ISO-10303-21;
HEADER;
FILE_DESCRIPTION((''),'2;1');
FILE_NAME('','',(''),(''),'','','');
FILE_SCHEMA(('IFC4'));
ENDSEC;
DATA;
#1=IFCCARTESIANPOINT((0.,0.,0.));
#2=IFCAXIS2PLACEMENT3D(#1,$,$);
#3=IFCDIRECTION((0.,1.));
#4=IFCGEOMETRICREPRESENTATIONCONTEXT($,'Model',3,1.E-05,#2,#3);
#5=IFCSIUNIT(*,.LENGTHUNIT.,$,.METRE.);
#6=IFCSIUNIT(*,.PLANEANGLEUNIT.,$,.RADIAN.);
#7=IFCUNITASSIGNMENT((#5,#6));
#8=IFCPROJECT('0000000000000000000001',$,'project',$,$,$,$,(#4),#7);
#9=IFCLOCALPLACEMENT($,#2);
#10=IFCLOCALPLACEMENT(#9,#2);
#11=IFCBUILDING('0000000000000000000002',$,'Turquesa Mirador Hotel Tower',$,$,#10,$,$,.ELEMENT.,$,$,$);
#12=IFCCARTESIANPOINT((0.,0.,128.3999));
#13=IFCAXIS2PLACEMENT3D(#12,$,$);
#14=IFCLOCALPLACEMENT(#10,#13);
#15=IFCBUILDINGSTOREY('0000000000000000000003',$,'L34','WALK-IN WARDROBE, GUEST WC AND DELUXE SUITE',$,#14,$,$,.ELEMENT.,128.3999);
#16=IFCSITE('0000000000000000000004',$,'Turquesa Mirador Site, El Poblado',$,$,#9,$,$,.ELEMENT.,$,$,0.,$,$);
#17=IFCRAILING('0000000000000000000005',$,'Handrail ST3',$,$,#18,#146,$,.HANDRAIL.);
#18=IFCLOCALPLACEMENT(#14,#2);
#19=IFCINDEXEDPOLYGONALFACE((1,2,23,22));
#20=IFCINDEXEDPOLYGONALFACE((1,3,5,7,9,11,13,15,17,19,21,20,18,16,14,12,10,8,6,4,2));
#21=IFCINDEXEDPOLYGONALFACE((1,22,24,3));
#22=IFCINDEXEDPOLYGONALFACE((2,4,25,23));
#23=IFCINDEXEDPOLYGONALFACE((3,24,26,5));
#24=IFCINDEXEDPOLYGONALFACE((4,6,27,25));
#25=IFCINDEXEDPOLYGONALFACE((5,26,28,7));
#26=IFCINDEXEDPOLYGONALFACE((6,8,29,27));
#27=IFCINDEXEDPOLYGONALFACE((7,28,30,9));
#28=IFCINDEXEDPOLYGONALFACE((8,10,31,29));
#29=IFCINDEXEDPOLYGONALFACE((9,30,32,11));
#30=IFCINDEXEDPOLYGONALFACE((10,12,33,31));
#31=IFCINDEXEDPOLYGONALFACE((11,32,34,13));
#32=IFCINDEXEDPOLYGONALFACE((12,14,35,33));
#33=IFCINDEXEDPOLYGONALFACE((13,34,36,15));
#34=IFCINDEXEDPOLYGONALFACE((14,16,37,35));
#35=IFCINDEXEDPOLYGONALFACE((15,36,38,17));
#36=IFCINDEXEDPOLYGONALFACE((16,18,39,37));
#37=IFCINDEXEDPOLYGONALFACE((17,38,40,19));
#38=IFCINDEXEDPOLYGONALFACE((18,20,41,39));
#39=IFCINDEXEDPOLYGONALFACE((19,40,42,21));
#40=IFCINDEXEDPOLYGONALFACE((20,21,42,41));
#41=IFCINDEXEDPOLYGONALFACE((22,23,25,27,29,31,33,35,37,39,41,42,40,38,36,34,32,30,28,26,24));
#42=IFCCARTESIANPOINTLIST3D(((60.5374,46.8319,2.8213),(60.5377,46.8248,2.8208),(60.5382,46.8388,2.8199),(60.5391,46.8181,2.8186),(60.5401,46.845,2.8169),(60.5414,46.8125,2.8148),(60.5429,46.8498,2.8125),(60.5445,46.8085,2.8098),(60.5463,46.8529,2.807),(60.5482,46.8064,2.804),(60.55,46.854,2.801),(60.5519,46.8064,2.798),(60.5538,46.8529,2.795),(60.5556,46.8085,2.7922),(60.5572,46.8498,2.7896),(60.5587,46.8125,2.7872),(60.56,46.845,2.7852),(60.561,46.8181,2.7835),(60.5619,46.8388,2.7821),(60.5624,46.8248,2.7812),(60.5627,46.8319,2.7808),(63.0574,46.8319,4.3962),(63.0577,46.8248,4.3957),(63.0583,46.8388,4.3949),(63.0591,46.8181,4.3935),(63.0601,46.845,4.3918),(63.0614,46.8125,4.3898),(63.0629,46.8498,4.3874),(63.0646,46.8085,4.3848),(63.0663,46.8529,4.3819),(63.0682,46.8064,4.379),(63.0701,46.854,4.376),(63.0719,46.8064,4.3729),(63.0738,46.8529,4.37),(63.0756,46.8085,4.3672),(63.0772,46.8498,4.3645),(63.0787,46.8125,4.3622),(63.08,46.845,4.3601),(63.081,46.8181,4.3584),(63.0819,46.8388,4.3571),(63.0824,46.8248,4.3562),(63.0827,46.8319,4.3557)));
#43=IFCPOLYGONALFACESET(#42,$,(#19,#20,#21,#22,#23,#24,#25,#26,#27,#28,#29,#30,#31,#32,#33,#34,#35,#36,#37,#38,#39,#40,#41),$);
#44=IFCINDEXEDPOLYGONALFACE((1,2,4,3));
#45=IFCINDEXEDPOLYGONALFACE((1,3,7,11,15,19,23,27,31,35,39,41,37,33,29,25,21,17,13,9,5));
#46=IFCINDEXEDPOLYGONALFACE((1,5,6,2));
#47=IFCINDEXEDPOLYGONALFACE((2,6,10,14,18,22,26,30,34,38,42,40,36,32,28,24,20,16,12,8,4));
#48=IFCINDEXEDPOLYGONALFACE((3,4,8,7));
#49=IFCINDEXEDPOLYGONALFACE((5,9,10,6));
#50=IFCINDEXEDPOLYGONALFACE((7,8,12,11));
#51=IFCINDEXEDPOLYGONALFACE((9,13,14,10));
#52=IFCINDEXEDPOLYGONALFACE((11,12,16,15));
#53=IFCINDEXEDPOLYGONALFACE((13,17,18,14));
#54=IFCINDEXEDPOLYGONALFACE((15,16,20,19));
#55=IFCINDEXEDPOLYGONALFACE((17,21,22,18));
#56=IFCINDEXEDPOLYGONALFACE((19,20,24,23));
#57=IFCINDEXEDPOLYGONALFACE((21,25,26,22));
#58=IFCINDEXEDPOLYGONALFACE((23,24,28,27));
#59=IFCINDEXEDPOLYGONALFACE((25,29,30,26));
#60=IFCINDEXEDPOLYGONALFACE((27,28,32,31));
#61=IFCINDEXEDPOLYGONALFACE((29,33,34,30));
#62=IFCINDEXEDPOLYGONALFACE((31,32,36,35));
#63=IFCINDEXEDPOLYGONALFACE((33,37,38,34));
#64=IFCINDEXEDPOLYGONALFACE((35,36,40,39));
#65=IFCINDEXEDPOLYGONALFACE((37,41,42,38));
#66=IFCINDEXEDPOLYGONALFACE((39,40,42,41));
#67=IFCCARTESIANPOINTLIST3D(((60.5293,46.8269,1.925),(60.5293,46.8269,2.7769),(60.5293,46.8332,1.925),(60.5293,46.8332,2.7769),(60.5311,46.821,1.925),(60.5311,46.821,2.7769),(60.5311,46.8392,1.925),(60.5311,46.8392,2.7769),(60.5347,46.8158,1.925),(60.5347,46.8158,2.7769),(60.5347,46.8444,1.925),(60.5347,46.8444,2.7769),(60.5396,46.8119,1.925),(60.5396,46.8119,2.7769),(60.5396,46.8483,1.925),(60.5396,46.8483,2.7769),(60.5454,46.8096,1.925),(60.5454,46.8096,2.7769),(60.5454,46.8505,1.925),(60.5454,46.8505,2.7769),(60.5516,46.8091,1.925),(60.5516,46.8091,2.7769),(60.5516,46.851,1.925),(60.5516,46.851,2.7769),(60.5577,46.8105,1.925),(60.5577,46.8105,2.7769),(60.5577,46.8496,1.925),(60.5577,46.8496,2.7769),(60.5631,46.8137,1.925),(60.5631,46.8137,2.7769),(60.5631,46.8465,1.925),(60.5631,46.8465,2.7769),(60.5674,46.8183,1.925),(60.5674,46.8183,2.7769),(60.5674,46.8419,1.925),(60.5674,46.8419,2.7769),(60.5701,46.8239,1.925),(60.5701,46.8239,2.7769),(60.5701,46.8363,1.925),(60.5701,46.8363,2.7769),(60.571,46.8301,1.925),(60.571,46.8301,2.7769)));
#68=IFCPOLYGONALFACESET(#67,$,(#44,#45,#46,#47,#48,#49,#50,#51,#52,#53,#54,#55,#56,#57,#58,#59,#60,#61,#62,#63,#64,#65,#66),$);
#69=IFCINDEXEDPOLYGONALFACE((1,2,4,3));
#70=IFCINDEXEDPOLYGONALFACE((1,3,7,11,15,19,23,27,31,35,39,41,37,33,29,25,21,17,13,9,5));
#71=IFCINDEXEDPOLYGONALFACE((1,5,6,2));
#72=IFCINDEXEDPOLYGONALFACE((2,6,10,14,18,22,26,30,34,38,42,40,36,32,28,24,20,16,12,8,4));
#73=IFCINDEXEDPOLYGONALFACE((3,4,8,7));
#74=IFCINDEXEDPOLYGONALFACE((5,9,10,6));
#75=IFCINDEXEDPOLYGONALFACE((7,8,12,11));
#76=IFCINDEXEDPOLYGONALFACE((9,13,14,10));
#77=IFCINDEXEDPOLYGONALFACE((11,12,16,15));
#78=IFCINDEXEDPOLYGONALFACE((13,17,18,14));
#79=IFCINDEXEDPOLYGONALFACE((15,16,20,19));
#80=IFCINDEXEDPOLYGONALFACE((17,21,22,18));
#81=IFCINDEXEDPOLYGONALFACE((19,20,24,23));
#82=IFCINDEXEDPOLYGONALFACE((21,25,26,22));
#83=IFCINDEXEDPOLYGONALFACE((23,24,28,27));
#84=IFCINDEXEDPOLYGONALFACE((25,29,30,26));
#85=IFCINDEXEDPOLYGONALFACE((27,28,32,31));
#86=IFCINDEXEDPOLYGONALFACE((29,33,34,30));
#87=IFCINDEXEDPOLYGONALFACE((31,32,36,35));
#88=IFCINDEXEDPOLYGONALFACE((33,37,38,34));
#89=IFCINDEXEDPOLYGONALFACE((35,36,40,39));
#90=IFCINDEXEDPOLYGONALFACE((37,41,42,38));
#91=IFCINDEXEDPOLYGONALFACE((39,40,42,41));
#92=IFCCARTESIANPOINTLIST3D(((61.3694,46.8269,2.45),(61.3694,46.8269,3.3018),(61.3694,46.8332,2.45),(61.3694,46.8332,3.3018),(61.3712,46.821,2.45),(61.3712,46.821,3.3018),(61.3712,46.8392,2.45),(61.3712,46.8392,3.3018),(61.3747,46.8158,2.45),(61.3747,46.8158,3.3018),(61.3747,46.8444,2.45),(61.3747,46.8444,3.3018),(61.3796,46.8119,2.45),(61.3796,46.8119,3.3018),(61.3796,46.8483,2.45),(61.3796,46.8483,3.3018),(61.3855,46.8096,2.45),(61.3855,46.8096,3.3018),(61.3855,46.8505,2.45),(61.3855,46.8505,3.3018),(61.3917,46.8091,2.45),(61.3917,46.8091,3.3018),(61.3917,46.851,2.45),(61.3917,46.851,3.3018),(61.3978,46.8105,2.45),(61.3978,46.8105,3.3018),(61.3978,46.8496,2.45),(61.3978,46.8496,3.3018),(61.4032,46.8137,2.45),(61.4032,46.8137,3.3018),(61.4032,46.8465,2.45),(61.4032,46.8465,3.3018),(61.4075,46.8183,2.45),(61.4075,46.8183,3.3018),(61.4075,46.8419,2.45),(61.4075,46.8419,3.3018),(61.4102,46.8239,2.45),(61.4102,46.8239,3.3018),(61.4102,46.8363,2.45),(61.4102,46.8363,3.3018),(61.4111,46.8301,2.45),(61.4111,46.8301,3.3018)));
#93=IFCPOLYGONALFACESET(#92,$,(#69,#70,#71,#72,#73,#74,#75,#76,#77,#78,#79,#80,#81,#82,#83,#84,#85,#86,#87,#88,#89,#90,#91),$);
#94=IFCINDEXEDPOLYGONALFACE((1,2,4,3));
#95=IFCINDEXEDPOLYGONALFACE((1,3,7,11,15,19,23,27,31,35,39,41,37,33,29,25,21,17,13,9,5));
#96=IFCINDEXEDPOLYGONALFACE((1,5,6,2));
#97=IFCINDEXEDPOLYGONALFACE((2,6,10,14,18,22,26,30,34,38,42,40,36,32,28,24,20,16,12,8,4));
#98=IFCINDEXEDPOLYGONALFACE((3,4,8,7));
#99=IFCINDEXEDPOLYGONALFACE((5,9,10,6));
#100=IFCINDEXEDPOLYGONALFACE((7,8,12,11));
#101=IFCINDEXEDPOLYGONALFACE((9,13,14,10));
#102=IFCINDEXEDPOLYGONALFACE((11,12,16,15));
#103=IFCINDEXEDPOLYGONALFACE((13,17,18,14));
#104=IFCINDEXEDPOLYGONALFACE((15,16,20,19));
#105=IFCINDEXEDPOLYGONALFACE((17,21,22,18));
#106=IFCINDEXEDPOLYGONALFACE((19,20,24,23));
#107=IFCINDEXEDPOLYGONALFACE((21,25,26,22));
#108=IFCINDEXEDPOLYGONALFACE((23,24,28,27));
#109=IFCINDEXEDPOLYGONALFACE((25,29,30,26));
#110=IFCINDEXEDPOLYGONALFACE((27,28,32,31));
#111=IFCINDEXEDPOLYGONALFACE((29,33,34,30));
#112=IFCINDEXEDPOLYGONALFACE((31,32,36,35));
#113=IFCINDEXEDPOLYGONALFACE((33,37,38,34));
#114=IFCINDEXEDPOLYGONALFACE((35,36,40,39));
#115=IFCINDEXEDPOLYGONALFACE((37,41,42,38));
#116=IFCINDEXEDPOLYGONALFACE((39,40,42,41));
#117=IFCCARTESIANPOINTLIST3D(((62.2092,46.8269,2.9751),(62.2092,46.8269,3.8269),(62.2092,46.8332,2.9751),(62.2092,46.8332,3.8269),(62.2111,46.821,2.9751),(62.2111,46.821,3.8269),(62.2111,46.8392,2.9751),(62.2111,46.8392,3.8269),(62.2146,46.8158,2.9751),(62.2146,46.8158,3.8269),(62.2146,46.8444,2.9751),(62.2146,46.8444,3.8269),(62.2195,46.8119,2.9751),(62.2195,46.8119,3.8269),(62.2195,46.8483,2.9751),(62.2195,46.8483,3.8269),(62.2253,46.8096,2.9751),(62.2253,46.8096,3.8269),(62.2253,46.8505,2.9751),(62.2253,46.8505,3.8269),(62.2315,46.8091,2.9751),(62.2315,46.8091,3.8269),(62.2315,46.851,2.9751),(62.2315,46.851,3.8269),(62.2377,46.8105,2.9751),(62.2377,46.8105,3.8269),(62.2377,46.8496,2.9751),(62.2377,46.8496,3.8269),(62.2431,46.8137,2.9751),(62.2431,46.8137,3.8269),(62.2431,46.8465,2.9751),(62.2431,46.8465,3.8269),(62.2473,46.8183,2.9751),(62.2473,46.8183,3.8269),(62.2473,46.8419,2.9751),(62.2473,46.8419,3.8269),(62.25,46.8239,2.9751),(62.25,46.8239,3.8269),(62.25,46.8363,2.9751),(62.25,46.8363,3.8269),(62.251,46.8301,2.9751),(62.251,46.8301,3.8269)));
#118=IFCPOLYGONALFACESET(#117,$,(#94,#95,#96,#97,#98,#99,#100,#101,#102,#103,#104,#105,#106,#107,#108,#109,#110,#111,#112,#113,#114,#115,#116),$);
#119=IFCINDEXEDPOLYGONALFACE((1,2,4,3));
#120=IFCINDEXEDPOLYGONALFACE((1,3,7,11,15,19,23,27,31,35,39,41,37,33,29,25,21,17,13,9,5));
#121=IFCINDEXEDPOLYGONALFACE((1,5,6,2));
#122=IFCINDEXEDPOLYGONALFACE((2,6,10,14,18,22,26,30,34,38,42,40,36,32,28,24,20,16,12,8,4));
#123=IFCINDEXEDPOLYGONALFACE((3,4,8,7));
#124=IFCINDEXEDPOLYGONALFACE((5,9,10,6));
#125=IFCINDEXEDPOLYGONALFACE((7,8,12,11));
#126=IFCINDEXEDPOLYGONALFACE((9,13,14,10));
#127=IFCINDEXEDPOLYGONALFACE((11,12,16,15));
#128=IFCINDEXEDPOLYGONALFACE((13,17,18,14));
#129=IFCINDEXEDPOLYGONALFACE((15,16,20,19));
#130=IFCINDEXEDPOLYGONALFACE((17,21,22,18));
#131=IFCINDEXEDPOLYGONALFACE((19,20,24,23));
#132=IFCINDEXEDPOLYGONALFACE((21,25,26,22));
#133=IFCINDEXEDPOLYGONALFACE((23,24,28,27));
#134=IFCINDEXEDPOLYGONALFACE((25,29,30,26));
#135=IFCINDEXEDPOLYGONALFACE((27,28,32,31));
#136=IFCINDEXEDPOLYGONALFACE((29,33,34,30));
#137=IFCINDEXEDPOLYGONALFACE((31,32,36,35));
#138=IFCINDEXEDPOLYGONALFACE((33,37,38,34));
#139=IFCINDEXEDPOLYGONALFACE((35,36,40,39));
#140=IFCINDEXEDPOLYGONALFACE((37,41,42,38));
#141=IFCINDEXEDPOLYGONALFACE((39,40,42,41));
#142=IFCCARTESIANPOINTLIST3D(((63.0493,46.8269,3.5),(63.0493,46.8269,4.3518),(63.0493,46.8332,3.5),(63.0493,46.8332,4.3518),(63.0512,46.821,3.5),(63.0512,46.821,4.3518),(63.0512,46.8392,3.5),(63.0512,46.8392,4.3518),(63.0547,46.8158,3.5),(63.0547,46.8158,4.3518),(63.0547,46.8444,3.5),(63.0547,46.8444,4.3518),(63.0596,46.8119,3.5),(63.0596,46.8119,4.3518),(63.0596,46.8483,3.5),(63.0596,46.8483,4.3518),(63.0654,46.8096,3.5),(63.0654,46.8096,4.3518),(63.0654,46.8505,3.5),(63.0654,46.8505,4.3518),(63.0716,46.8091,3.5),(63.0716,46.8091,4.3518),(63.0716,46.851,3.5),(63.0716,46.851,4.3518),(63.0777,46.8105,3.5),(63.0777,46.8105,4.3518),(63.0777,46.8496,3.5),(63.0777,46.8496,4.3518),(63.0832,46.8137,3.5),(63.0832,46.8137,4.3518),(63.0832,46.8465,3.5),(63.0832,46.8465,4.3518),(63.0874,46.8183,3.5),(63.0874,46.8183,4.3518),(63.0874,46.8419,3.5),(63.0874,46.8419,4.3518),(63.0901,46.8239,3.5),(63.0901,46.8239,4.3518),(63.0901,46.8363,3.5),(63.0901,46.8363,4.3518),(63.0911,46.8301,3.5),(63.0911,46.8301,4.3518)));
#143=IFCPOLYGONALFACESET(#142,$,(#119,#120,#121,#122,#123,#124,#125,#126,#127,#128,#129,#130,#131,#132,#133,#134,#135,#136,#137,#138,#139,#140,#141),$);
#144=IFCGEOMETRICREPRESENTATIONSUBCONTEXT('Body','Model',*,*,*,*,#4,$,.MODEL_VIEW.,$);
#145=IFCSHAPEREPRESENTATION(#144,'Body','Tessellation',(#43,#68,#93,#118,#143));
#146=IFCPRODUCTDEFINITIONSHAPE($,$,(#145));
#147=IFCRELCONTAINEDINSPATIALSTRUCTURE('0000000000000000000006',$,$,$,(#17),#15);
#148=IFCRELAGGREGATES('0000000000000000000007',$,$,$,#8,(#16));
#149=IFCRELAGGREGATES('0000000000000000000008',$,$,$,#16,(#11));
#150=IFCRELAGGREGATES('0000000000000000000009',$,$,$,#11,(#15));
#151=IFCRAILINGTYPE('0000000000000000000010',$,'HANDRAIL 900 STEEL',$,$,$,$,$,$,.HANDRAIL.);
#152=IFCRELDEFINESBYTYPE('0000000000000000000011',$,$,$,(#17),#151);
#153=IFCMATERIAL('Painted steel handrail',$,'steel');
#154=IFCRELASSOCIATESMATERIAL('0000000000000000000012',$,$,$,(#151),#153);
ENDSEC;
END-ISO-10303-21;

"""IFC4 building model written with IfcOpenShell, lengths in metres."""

from ifc_helpers import new_model, si_unit, direction, frame, origin, origin_2d, place, context, subcontext, project, spatial, circle, extrude, material, type_object, element, save


model = new_model("IFC4")

# Units and contexts
model_context = context("Model", 3, precision=1e-05, world=origin(), true_north=direction((0.0, 1.0)))
body_context = subcontext(model_context, "Body", "Model", "MODEL_VIEW")
ifc_project = project(units=[si_unit("LENGTHUNIT", "METRE"), si_unit("PLANEANGLEUNIT", "RADIAN")], contexts=[model_context])

# Site, building, storey
site_placement = place(None, origin())
site = spatial("IfcSite", under=ifc_project, at=site_placement, Name="Turquesa Mirador Site, El Poblado", CompositionType="ELEMENT", RefElevation=0.0)
building_placement = place(site_placement, origin())
building = spatial("IfcBuilding", under=site, at=building_placement, Name="Turquesa Mirador Hotel Tower", CompositionType="ELEMENT")
storey_placement = place(building_placement, frame((0.0, 0.0, 128.3999)))
storey = spatial("IfcBuildingStorey", under=building, at=storey_placement, Name="L34", Description="WALK-IN WARDROBE, GUEST WC AND DELUXE SUITE", CompositionType="ELEMENT", Elevation=128.3999)

# Railing
ifc_material_1 = material(Name="Painted steel handrail", Category="steel")
railing_type = type_object("IfcRailingType", Name="HANDRAIL 900 STEEL", PredefinedType="HANDRAIL", material=ifc_material_1)
railing_1_placement = place(storey_placement, frame((60.55, 46.8301, 1.925)))
element("IfcRailing", 1, at=railing_1_placement, inside=storey, type_object=railing_type, Name="Handrail ST3", PredefinedType="HANDRAIL", context=body_context, shape_type="SweptSolid", body=[
    extrude(circle(Radius=0.0239, at=origin_2d()), frame((0.0, 0.0, 0.876), z_axis=(0.848008, 0.0, 0.529984), x_axis=(0.0, 1.0, 0.0)), (0.0, 0.0, 1.0), 2.9717),
    extrude(circle(Radius=0.021, at=origin_2d()), origin(), (0.0, 0.0, 1.0), 0.8518),
    extrude(circle(Radius=0.021, at=origin_2d()), frame((0.8401, 0.0, 0.5249)), (0.0, 0.0, 1.0), 0.8518),
    extrude(circle(Radius=0.021, at=origin_2d()), frame((1.6799, 0.0, 1.05)), (0.0, 0.0, 1.0), 0.8518),
    extrude(circle(Radius=0.021, at=origin_2d()), frame((2.52, 0.0, 1.575)), (0.0, 0.0, 1.0), 0.8518),
])

save(model, "model.ifc")
